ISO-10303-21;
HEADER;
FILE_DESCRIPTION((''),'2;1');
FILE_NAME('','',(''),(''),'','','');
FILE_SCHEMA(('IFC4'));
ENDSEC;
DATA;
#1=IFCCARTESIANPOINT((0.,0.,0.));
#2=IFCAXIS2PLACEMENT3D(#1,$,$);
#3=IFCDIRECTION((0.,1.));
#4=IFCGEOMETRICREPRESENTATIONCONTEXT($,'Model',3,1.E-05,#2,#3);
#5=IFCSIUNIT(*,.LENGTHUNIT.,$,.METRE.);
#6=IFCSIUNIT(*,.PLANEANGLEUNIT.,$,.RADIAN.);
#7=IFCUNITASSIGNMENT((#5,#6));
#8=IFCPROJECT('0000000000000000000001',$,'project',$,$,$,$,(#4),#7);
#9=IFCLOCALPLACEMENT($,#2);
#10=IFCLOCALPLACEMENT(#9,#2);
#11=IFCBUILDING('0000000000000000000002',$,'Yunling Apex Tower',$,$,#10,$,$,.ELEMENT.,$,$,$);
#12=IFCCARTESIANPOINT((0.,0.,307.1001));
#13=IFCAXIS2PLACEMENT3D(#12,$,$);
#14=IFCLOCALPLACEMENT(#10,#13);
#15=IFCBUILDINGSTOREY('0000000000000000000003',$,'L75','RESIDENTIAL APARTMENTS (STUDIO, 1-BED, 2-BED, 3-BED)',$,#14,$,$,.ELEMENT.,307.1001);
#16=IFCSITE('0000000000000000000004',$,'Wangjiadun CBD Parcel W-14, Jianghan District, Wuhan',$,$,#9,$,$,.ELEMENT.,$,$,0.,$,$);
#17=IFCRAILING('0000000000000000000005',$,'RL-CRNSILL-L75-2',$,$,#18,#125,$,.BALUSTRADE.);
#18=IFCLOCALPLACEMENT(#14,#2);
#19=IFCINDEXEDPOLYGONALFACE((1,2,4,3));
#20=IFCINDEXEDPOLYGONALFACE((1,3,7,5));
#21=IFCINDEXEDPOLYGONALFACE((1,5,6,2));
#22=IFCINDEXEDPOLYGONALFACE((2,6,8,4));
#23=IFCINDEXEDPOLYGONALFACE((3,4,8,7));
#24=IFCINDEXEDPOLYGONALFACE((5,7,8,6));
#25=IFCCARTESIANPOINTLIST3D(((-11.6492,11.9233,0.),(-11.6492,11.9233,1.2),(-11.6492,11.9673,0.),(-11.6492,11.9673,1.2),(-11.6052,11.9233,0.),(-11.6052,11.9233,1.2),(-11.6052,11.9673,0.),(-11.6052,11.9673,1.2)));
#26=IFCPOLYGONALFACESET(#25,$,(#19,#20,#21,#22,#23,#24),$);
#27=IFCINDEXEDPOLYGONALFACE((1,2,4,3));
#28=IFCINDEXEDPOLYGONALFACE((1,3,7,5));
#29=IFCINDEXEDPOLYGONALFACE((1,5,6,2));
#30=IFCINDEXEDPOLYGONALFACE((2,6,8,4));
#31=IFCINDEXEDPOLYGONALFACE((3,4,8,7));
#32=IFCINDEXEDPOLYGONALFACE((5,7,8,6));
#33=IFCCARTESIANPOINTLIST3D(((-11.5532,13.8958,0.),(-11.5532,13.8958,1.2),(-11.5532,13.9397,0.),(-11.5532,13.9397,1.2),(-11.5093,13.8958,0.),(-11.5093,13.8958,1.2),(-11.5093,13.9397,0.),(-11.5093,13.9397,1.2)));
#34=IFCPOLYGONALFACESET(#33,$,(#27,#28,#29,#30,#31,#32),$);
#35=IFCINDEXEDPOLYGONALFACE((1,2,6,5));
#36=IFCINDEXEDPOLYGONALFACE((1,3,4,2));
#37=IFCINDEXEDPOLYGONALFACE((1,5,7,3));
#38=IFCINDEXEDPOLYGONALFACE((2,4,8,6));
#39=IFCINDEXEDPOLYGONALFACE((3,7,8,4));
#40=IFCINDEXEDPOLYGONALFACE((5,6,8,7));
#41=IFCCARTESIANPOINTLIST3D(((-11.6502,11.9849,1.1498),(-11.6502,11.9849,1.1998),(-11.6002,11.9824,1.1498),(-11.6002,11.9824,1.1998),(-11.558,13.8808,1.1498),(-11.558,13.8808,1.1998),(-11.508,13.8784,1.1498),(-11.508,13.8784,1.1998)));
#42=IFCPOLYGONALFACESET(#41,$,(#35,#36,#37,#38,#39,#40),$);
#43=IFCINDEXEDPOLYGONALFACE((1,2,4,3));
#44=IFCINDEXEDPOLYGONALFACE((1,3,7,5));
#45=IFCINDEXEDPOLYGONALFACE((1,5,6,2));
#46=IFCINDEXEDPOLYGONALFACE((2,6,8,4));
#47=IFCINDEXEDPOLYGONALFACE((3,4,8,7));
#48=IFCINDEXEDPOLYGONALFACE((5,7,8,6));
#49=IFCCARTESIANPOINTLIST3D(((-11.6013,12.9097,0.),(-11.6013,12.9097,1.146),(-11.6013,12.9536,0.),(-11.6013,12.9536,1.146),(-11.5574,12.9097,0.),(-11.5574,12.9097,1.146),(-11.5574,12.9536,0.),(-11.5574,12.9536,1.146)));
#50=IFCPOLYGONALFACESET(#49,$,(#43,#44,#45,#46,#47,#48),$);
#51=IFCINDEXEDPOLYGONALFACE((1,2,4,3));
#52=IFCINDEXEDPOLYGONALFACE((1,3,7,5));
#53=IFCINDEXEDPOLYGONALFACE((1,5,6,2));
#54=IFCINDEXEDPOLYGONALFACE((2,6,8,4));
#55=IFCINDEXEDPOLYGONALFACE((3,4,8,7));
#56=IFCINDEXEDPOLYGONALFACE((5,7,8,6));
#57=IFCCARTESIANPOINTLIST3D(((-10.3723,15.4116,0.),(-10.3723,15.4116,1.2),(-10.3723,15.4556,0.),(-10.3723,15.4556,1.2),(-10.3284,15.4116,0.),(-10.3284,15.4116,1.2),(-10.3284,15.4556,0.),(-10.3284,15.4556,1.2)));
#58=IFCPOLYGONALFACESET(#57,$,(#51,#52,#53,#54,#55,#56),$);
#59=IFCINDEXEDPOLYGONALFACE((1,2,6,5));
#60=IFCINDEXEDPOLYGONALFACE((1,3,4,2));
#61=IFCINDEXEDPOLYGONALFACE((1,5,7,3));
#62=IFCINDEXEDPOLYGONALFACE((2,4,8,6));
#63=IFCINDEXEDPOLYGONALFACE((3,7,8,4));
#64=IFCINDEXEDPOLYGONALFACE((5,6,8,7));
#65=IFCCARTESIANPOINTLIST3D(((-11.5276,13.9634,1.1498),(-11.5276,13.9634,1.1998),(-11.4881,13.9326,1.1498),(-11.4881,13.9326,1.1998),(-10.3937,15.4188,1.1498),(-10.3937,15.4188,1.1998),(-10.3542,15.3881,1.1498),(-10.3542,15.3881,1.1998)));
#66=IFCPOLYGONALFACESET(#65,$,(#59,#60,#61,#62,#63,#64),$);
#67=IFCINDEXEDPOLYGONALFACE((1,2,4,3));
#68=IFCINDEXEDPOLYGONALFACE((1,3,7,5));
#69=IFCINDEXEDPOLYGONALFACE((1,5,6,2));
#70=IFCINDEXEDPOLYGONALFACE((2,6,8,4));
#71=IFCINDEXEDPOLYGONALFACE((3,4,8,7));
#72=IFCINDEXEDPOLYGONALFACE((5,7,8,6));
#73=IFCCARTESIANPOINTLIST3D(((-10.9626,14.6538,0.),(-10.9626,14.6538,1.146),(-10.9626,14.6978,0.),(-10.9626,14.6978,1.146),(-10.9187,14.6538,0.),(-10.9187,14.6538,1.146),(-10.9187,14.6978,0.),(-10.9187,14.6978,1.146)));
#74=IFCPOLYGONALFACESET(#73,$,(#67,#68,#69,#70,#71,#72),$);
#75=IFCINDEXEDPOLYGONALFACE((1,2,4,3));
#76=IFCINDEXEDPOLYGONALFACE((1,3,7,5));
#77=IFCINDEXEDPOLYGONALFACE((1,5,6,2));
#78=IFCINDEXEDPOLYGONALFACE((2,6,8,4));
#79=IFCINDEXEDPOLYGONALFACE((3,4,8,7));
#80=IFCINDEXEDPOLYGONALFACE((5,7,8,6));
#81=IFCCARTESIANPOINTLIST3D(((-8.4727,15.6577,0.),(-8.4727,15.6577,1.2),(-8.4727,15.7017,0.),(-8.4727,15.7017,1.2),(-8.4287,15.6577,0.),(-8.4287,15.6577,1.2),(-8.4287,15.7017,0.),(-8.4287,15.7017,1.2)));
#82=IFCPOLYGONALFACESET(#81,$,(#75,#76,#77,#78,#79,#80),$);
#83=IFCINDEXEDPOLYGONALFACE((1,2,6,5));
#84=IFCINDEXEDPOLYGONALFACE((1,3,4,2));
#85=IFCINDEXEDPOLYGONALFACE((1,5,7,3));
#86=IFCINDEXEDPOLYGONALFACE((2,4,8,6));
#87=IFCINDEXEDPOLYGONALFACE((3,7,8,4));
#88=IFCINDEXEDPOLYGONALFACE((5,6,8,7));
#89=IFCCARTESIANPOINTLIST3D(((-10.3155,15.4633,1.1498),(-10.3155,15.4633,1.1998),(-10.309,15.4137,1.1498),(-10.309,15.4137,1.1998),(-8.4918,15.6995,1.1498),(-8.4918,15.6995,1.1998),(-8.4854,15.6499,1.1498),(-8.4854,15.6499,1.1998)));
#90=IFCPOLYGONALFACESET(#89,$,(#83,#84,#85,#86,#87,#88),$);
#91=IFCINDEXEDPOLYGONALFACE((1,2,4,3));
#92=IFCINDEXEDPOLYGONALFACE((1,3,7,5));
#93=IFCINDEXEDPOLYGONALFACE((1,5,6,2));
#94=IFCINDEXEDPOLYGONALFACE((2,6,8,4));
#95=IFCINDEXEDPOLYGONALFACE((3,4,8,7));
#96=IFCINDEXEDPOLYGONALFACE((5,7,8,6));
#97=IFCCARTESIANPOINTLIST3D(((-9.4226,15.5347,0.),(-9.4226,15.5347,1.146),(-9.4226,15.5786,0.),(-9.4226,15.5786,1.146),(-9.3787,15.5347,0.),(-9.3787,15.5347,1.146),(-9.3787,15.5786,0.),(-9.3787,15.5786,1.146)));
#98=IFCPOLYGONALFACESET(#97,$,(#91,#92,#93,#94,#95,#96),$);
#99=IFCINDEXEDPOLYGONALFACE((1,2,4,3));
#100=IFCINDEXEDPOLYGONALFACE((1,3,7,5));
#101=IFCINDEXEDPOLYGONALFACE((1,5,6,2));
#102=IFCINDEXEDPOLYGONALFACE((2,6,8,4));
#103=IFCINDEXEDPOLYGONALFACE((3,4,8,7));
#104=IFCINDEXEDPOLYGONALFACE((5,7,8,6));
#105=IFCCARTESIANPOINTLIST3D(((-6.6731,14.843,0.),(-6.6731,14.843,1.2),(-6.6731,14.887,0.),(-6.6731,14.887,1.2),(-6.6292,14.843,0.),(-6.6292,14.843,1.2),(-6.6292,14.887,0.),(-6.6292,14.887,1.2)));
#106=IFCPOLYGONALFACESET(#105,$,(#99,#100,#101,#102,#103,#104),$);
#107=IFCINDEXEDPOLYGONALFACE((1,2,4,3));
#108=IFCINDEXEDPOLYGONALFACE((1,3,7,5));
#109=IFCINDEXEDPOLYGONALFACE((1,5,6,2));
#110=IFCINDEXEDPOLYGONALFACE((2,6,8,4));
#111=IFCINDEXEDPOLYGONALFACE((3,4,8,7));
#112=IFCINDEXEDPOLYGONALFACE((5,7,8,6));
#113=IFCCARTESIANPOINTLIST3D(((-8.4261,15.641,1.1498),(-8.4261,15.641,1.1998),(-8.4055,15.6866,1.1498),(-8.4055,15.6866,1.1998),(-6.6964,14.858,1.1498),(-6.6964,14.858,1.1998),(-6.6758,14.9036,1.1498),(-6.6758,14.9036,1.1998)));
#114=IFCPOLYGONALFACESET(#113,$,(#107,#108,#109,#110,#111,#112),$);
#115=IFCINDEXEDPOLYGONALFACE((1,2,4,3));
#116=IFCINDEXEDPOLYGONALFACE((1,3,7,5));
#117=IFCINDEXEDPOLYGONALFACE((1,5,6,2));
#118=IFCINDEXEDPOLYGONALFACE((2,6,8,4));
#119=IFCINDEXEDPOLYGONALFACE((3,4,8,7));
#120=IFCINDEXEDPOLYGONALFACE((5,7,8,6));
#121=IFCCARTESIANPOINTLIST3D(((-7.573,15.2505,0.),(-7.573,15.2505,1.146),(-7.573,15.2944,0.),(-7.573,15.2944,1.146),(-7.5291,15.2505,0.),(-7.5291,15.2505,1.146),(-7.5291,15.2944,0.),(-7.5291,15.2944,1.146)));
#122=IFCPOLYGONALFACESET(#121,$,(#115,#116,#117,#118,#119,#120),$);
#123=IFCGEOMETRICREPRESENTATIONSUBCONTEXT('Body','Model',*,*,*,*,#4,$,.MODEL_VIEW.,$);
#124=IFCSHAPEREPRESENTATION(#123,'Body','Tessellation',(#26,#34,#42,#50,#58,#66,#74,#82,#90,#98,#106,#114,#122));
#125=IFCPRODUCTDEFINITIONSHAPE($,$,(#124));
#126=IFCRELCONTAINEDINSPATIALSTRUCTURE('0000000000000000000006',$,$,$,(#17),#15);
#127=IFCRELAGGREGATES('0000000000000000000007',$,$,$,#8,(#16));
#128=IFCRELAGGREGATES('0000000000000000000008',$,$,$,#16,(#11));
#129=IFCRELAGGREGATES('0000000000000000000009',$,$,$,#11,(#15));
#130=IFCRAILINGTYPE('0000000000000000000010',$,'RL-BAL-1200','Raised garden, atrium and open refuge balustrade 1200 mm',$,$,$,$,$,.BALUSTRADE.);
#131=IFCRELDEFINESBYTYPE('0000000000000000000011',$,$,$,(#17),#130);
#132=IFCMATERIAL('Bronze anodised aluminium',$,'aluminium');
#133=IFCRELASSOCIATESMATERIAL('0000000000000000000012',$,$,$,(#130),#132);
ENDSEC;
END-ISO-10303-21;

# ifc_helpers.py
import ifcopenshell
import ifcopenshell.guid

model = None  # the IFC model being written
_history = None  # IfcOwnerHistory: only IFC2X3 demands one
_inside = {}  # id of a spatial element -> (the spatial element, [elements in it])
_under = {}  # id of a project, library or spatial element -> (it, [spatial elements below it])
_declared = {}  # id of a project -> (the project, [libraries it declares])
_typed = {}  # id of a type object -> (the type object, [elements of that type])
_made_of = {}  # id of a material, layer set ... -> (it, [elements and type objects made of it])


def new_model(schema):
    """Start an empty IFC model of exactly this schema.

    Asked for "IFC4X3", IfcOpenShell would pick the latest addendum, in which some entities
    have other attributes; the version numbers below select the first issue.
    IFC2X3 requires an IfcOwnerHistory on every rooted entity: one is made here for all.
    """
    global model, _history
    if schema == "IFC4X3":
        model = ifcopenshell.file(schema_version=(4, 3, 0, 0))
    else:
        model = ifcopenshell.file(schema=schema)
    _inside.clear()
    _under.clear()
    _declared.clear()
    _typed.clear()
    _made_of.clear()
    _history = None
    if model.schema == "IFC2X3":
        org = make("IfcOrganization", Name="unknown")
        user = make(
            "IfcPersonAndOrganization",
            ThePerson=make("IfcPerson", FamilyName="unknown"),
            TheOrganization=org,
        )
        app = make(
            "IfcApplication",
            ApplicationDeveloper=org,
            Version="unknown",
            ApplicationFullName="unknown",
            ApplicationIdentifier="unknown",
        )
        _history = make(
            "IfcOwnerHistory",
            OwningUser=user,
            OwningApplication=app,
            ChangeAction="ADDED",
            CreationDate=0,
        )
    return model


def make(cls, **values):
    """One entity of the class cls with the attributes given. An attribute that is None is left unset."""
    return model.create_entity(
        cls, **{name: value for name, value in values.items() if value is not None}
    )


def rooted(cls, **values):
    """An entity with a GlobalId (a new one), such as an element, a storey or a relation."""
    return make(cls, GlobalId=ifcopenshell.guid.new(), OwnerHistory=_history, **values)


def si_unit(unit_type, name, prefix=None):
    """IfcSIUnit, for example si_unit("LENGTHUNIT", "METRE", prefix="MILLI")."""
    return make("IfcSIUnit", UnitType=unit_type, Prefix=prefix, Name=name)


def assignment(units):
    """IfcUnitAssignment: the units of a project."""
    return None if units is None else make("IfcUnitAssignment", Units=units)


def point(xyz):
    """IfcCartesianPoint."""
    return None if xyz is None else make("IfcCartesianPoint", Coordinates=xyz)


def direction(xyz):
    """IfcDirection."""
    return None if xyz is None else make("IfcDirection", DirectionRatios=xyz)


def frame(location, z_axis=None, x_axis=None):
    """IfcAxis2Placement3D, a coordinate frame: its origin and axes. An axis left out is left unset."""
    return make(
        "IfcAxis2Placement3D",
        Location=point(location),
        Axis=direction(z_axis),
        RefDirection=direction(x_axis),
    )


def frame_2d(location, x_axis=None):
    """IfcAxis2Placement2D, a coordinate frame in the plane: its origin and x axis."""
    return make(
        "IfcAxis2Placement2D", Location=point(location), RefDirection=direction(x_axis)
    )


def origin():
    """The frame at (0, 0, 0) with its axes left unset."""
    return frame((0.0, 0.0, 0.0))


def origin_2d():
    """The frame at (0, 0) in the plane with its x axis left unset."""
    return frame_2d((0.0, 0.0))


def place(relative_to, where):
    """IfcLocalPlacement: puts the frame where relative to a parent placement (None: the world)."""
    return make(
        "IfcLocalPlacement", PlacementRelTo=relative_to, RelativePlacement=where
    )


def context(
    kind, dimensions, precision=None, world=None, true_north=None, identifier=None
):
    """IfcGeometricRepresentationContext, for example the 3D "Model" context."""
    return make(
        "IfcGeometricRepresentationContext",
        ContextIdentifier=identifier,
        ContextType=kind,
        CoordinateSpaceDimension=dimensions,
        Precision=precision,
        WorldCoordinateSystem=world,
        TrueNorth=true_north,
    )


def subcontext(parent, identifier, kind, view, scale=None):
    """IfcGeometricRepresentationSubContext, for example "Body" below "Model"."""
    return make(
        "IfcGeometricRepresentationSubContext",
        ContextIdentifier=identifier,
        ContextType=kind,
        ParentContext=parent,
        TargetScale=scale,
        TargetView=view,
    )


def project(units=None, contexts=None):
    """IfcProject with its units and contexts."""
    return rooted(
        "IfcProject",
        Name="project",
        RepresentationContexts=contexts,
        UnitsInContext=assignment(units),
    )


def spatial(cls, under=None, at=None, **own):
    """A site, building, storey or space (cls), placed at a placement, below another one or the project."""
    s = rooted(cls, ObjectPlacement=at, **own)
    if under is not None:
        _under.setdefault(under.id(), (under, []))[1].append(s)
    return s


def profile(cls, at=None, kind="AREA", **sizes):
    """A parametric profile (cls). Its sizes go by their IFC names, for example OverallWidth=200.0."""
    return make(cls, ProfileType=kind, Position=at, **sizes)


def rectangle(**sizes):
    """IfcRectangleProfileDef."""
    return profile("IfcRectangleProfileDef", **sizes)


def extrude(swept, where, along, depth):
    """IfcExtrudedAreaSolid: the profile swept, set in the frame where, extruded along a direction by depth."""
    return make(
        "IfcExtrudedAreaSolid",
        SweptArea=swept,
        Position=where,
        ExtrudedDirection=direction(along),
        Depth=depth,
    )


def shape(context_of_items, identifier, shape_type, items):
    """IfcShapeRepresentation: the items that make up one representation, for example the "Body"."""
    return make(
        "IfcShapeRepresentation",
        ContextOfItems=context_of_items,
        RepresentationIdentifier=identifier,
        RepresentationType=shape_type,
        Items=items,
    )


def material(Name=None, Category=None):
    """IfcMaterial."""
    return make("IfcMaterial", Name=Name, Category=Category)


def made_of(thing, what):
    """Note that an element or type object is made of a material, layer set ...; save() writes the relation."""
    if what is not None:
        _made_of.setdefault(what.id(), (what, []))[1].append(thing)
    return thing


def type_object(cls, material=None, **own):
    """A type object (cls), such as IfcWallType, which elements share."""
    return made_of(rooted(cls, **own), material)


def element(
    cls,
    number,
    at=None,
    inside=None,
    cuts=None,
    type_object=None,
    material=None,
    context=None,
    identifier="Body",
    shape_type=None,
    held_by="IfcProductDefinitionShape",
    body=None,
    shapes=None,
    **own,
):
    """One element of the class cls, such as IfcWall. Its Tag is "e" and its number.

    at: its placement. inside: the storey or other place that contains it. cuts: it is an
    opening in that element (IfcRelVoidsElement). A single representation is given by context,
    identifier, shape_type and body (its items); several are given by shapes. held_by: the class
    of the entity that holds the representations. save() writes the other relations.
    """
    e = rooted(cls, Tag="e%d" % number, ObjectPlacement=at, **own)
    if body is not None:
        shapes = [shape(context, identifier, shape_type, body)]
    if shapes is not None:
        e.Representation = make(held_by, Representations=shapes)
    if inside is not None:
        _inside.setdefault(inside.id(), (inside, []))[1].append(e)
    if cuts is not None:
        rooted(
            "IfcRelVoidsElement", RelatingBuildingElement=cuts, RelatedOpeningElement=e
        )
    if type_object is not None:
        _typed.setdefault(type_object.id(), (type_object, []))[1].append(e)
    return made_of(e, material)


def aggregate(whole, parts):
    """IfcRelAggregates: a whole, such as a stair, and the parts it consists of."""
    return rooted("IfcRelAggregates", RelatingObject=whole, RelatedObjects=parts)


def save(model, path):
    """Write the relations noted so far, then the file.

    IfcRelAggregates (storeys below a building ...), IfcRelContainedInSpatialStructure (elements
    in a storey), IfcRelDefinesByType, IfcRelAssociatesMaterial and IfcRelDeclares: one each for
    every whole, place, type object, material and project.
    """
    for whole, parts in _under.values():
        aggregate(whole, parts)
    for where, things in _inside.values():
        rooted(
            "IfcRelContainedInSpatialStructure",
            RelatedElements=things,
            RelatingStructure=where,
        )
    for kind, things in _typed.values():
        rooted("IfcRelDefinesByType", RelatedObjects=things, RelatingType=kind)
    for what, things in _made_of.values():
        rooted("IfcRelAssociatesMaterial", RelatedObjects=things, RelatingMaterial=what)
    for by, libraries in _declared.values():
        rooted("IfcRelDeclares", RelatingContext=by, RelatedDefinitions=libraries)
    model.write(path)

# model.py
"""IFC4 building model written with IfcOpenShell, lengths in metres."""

from ifc_helpers import new_model, si_unit, direction, frame, origin, origin_2d, place, context, subcontext, project, spatial, rectangle, extrude, material, type_object, element, save


model = new_model("IFC4")

# Units and contexts
model_context = context("Model", 3, precision=1e-05, world=origin(), true_north=direction((0.0, 1.0)))
body_context = subcontext(model_context, "Body", "Model", "MODEL_VIEW")
ifc_project = project(units=[si_unit("LENGTHUNIT", "METRE"), si_unit("PLANEANGLEUNIT", "RADIAN")], contexts=[model_context])

# Site, building, storey
site_placement = place(None, origin())
site = spatial("IfcSite", under=ifc_project, at=site_placement, Name="Wangjiadun CBD Parcel W-14, Jianghan District, Wuhan", CompositionType="ELEMENT", RefElevation=0.0)
building_placement = place(site_placement, origin())
building = spatial("IfcBuilding", under=site, at=building_placement, Name="Yunling Apex Tower", CompositionType="ELEMENT")
storey_placement = place(building_placement, frame((0.0, 0.0, 307.1001)))
storey = spatial("IfcBuildingStorey", under=building, at=storey_placement, Name="L75", Description="RESIDENTIAL APARTMENTS (STUDIO, 1-BED, 2-BED, 3-BED)", CompositionType="ELEMENT", Elevation=307.1001)

# Shared definitions
ifc_material_1 = material(Name="Bronze anodised aluminium", Category="aluminium")

# Railing
railing_type = type_object("IfcRailingType", Name="RL-BAL-1200", Description="Raised garden, atrium and open refuge balustrade 1200 mm", PredefinedType="BALUSTRADE", material=ifc_material_1)
railing_placement = place(storey_placement, frame((-11.6272, 11.9453, 0.0)))
element("IfcRailing", 1, at=railing_placement, inside=storey, type_object=railing_type, Name="RL-CRNSILL-L75-2", PredefinedType="BALUSTRADE", context=body_context, shape_type="SweptSolid", body=[
    extrude(rectangle(XDim=0.0439, YDim=0.0439, at=origin_2d()), origin(), (0.0, 0.0, 1.0), 1.2),
    extrude(rectangle(XDim=0.0439, YDim=0.0439, at=origin_2d()), frame((0.0959, 1.9724, 0.0)), (0.0, 0.0, 1.0), 1.2),
    extrude(rectangle(XDim=0.05, YDim=0.05, at=origin_2d()), frame((0.002, 0.0383, 1.1748), z_axis=(0.048587, 0.998819, 0.0), x_axis=(-0.998819, 0.048587, 0.0)), (0.0, 0.0, 1.0), 1.8982),
    extrude(rectangle(XDim=0.0439, YDim=0.0439, at=origin_2d()), frame((0.0479, 0.9863, 0.0)), (0.0, 0.0, 1.0), 1.146),
    extrude(rectangle(XDim=0.0439, YDim=0.0439, at=origin_2d()), frame((1.2769, 3.4883, 0.0)), (0.0, 0.0, 1.0), 1.2),
    extrude(rectangle(XDim=0.05, YDim=0.05, at=origin_2d()), frame((0.1194, 2.0027, 1.1748), z_axis=(0.614556, 0.788873, 0.0), x_axis=(-0.788873, 0.614556, 0.0)), (0.0, 0.0, 1.0), 1.845),
    extrude(rectangle(XDim=0.0439, YDim=0.0439, at=origin_2d()), frame((0.6865, 2.7305, 0.0)), (0.0, 0.0, 1.0), 1.146),
    extrude(rectangle(XDim=0.0439, YDim=0.0439, at=origin_2d()), frame((3.1765, 3.7344, 0.0)), (0.0, 0.0, 1.0), 1.2),
    extrude(rectangle(XDim=0.05, YDim=0.05, at=origin_2d()), frame((1.3149, 3.4932, 1.1748), z_axis=(0.991713, 0.128473, 0.0), x_axis=(-0.128473, 0.991713, 0.0)), (0.0, 0.0, 1.0), 1.8389),
    extrude(rectangle(XDim=0.0439, YDim=0.0439, at=origin_2d()), frame((2.2266, 3.6113, 0.0)), (0.0, 0.0, 1.0), 1.146),
    extrude(rectangle(XDim=0.0439, YDim=0.0439, at=origin_2d()), frame((4.9761, 2.9197, 0.0)), (0.0, 0.0, 1.0), 1.2),
    extrude(rectangle(XDim=0.05, YDim=0.05, at=origin_2d()), frame((3.2114, 3.7185, 1.1748), z_axis=(0.910992, -0.412424, 0.0), x_axis=(0.412424, 0.910992, 0.0)), (0.0, 0.0, 1.0), 1.8987),
    extrude(rectangle(XDim=0.0439, YDim=0.0439, at=origin_2d()), frame((4.0762, 3.3271, 0.0)), (0.0, 0.0, 1.0), 1.146),
])

save(model, "model.ifc")
